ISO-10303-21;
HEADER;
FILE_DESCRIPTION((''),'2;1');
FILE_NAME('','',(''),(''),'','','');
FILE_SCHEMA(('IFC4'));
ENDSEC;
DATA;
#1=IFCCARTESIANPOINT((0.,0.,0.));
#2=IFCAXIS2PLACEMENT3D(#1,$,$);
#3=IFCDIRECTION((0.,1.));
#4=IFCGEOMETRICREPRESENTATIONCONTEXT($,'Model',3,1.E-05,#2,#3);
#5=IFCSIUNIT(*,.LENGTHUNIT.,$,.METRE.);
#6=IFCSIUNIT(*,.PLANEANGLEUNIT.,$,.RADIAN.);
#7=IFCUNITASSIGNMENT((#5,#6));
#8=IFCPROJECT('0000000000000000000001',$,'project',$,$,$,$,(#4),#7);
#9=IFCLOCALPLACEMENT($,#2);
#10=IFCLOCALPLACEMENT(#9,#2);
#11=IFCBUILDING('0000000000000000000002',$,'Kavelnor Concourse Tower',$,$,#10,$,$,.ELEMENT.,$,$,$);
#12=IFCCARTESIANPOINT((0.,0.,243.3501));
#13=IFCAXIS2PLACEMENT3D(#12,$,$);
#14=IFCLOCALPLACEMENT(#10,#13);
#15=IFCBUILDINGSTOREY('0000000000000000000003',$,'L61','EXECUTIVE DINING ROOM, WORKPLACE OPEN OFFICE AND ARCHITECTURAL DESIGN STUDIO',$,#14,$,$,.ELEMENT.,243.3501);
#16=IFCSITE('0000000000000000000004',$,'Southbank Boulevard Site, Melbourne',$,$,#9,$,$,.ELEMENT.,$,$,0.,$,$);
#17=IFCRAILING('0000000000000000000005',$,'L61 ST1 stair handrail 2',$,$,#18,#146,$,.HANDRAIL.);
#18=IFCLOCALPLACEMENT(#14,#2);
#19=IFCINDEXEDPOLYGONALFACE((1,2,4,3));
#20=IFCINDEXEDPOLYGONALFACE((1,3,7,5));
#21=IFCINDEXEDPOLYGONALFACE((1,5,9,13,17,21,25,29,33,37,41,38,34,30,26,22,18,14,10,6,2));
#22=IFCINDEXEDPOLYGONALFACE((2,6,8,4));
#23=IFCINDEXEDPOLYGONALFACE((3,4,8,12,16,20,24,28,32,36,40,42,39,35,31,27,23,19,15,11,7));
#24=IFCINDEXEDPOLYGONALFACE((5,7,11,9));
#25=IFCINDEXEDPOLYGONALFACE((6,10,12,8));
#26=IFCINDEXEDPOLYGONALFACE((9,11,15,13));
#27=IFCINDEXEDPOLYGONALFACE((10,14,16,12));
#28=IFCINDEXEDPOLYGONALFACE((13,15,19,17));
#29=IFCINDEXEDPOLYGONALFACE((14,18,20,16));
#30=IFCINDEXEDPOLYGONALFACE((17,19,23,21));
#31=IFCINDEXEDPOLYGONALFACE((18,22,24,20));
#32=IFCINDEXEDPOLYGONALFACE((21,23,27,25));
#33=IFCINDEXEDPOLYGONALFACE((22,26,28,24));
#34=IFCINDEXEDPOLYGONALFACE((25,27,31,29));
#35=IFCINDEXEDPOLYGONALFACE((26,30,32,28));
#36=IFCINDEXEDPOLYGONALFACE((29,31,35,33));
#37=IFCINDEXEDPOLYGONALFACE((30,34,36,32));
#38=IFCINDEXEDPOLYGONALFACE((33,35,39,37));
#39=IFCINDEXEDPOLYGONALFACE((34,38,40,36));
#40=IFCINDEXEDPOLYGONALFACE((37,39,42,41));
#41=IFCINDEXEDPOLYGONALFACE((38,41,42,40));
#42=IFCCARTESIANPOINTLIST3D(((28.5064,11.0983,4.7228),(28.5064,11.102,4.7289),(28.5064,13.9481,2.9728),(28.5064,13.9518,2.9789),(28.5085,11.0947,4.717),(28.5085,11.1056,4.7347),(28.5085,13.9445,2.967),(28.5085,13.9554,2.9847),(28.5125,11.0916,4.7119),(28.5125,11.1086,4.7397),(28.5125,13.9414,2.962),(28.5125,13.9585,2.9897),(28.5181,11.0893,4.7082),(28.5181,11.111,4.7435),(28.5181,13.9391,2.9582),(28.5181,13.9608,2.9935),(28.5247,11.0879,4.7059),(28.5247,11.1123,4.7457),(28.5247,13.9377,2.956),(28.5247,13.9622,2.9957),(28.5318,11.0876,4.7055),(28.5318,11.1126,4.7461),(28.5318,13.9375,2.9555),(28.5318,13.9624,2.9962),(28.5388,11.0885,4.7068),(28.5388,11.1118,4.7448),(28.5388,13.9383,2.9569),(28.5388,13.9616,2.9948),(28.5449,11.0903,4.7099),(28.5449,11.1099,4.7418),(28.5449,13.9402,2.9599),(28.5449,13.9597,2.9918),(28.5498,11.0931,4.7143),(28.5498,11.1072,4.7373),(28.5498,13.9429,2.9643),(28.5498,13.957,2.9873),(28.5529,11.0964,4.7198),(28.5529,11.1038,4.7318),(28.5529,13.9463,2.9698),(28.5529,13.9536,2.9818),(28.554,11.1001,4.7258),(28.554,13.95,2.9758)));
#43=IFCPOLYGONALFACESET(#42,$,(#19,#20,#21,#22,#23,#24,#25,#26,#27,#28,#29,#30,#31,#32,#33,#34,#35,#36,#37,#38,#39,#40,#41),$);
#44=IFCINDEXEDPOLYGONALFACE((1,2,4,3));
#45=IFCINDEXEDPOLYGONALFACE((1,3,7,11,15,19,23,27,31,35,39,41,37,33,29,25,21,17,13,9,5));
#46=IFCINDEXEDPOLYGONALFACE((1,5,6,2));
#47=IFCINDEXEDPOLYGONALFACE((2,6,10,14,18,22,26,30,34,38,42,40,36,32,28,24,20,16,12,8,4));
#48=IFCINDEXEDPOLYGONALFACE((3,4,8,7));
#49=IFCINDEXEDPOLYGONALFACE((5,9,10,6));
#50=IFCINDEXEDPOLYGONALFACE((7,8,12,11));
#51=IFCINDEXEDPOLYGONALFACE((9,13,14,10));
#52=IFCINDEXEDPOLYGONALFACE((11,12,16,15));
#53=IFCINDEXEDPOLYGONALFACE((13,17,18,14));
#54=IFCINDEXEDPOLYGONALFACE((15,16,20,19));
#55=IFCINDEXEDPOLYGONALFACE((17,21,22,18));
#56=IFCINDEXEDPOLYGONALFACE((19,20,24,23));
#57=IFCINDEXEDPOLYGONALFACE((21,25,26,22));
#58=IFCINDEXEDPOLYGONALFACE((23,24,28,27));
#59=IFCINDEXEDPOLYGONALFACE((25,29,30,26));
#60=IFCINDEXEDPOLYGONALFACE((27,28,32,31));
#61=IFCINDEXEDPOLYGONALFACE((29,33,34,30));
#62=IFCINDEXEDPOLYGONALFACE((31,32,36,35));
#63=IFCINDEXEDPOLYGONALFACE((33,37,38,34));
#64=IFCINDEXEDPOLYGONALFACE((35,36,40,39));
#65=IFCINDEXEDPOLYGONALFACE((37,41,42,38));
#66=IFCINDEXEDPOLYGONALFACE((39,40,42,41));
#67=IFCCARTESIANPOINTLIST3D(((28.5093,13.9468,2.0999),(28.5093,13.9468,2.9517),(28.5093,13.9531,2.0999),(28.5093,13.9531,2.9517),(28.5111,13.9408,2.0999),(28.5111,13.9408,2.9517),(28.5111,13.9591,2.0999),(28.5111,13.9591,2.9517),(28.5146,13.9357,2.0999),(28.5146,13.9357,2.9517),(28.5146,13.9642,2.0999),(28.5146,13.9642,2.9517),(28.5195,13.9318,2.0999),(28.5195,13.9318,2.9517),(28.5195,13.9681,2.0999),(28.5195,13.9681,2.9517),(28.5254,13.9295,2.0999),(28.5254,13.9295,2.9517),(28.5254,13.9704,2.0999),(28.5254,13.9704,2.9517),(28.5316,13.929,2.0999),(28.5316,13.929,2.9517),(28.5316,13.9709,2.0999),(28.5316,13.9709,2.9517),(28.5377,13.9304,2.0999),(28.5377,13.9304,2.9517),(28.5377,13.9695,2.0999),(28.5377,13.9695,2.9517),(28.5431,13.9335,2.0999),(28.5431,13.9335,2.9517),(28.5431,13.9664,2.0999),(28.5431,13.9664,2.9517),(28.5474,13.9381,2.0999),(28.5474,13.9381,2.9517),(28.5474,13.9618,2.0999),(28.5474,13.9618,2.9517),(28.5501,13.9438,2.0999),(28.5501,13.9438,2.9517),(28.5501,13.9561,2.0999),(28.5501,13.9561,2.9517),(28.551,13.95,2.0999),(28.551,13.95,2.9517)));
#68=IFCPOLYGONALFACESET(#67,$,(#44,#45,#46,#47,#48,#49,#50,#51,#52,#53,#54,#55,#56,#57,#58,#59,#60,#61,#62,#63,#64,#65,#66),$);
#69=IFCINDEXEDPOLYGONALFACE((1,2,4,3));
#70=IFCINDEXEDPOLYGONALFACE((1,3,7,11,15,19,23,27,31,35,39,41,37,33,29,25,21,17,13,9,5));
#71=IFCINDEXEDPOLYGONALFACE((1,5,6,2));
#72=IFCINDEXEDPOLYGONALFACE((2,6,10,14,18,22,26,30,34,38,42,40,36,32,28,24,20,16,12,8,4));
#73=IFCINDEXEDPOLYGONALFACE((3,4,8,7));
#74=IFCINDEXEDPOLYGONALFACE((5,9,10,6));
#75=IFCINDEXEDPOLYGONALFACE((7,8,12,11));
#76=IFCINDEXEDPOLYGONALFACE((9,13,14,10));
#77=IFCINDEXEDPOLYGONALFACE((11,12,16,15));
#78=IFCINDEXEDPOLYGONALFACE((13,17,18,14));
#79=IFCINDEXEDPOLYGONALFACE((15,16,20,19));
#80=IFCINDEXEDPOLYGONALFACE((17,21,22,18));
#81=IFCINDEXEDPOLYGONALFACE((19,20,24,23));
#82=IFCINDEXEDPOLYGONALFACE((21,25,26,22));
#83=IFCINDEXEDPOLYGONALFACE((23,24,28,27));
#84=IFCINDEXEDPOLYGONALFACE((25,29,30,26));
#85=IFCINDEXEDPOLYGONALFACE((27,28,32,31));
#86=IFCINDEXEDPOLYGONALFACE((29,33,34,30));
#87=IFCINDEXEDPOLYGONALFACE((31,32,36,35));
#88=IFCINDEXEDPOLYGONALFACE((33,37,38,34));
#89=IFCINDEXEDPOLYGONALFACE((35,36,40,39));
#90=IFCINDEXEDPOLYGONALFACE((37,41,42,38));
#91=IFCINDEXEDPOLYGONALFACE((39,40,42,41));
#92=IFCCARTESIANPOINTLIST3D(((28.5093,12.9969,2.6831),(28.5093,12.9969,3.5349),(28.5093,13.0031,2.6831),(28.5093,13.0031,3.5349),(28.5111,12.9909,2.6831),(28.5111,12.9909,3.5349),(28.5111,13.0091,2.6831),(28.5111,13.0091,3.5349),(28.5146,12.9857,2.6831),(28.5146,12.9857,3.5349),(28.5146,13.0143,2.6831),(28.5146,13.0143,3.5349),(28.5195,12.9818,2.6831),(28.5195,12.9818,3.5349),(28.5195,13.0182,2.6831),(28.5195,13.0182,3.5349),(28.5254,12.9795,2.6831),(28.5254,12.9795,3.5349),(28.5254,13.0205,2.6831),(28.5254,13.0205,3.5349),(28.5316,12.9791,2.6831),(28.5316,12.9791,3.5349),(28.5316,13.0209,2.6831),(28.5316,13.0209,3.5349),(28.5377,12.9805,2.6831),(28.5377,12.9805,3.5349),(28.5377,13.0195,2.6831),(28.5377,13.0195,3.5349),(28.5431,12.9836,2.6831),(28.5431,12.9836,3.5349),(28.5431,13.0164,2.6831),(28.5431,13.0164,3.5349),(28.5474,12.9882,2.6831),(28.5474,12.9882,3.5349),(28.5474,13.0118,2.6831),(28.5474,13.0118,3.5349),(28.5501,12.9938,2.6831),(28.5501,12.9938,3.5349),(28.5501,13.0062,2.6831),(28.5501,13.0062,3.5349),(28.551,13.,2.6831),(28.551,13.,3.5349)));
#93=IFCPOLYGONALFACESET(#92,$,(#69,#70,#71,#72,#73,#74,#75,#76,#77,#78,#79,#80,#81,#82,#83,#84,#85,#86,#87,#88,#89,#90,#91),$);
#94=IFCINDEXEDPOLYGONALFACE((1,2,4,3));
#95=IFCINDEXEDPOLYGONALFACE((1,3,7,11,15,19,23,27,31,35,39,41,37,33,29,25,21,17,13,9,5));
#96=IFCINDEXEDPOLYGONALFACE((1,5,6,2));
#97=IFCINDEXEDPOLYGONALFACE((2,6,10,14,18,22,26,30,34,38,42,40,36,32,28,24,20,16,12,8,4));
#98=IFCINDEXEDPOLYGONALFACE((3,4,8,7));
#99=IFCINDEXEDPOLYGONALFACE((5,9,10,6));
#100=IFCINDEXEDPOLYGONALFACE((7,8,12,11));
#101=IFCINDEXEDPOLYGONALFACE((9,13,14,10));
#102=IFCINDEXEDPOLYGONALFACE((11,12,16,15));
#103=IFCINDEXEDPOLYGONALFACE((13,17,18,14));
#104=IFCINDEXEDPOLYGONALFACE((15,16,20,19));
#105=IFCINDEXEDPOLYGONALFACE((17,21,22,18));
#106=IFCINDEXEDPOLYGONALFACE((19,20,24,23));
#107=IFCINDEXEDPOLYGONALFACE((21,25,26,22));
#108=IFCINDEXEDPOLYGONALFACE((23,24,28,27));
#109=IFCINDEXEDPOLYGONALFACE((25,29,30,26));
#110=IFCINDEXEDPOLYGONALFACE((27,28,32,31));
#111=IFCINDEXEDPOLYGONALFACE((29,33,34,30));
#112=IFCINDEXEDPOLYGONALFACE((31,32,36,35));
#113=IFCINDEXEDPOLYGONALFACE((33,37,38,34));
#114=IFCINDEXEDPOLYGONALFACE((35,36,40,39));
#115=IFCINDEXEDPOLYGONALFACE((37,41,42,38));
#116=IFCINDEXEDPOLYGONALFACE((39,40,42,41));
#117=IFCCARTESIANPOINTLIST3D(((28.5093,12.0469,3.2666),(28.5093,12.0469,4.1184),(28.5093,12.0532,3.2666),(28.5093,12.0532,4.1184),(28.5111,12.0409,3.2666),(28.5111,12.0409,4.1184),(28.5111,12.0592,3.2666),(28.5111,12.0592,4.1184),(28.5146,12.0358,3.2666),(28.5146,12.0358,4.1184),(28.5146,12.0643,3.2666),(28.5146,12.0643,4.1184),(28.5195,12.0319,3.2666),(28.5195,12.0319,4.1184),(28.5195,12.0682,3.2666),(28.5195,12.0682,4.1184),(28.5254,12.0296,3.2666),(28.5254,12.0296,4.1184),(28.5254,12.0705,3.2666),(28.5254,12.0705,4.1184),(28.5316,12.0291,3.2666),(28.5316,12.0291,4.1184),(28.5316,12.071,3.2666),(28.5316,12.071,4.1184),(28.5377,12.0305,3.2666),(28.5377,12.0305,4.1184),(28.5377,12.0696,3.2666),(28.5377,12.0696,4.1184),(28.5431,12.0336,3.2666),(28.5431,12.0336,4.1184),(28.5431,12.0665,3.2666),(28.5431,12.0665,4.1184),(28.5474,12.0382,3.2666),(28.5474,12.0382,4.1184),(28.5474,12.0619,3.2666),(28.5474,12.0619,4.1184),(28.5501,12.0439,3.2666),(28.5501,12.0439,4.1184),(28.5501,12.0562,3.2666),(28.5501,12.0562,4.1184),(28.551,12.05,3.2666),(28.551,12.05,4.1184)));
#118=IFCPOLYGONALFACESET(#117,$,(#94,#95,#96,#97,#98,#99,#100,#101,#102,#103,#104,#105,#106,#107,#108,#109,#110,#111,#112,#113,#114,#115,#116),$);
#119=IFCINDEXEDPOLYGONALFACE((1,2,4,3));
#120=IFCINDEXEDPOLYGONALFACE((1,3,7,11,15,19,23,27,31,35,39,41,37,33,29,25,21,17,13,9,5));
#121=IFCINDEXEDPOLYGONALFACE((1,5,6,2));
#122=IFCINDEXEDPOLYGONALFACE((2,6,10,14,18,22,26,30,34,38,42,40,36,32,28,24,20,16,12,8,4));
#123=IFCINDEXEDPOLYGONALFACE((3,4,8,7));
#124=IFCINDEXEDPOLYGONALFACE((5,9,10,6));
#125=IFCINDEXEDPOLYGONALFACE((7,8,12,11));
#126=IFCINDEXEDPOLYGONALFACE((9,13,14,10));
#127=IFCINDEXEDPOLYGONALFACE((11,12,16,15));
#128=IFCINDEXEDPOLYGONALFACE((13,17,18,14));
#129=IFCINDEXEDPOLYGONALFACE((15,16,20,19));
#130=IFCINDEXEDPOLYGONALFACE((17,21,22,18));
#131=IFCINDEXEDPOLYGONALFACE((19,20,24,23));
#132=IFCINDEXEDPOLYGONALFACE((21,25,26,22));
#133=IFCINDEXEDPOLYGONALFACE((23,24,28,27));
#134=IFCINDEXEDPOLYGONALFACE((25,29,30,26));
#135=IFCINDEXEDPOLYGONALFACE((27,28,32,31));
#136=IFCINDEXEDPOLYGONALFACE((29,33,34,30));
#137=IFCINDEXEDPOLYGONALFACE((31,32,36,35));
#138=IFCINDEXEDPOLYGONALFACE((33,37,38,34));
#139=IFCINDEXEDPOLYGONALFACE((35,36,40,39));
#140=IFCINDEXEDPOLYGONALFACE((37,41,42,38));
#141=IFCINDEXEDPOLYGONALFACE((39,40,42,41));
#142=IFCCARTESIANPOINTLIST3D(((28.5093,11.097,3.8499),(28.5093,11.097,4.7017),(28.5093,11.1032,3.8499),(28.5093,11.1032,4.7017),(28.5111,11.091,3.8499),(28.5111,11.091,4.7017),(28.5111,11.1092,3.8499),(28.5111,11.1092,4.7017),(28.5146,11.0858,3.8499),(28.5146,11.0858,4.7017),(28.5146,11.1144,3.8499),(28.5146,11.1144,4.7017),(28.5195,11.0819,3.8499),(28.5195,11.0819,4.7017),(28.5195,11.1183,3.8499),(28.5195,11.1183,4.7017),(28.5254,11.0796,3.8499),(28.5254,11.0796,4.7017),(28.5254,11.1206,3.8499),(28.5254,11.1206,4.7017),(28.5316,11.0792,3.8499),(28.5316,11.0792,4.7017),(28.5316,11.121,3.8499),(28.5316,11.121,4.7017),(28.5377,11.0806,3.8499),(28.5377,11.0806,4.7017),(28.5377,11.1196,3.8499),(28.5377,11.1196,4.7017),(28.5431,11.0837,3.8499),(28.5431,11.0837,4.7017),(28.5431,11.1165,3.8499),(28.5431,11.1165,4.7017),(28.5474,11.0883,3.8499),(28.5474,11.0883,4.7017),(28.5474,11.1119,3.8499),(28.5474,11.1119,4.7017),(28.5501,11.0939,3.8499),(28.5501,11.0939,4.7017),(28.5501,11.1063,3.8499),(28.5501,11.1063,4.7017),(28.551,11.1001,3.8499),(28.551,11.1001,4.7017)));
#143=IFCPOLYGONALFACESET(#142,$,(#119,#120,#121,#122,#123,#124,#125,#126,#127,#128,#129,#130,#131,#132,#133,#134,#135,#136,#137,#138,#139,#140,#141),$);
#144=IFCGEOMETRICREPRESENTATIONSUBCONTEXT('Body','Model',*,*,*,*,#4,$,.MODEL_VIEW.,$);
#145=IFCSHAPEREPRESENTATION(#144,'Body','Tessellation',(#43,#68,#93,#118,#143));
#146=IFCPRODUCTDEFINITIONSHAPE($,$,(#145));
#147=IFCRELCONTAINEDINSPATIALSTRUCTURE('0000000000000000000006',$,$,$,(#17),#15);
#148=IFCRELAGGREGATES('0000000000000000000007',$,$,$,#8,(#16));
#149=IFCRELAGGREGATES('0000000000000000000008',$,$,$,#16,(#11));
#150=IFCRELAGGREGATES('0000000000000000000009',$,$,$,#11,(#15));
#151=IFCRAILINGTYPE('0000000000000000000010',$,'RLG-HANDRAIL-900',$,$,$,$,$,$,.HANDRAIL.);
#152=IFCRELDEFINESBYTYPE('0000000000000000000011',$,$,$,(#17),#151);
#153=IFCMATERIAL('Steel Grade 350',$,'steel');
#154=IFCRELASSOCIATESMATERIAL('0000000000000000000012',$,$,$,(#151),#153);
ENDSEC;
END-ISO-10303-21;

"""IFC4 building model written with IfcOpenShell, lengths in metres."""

from ifc_helpers import new_model, si_unit, direction, frame, origin, origin_2d, place, context, subcontext, project, spatial, circle, extrude, material, type_object, element, save


model = new_model("IFC4")

# Units and contexts
model_context = context("Model", 3, precision=1e-05, world=origin(), true_north=direction((0.0, 1.0)))
body_context = subcontext(model_context, "Body", "Model", "MODEL_VIEW")
ifc_project = project(units=[si_unit("LENGTHUNIT", "METRE"), si_unit("PLANEANGLEUNIT", "RADIAN")], contexts=[model_context])

# Site, building, storey
site_placement = place(None, origin())
site = spatial("IfcSite", under=ifc_project, at=site_placement, Name="Southbank Boulevard Site, Melbourne", CompositionType="ELEMENT", RefElevation=0.0)
building_placement = place(site_placement, origin())
building = spatial("IfcBuilding", under=site, at=building_placement, Name="Kavelnor Concourse Tower", CompositionType="ELEMENT")
storey_placement = place(building_placement, frame((0.0, 0.0, 243.3501)))
storey = spatial("IfcBuildingStorey", under=building, at=storey_placement, Name="L61", Description="EXECUTIVE DINING ROOM, WORKPLACE OPEN OFFICE AND ARCHITECTURAL DESIGN STUDIO", CompositionType="ELEMENT", Elevation=243.3501)

# Shared definitions
ifc_material_1 = material(Name="Steel Grade 350", Category="steel")

# Railing
railing_type_1 = type_object("IfcRailingType", Name="RLG-HANDRAIL-900", PredefinedType="HANDRAIL", material=ifc_material_1)
railing_1_placement = place(storey_placement, frame((28.53, 13.95, 2.0999)))
element("IfcRailing", 1, at=railing_1_placement, inside=storey, type_object=railing_type_1, Name="L61 ST1 stair handrail 2", PredefinedType="HANDRAIL", context=body_context, shape_type="SweptSolid", body=[
    extrude(circle(Radius=0.0239, at=origin_2d()), frame((0.0, 0.0, 0.876), z_axis=(0.0, -0.852159, 0.523283), x_axis=(1.0, 0.0, 0.0)), (0.0, 0.0, 1.0), 3.3442),
    extrude(circle(Radius=0.021, at=origin_2d()), origin(), (0.0, 0.0, 1.0), 0.8518),
    extrude(circle(Radius=0.021, at=origin_2d()), frame((0.0, -0.95, 0.5833)), (0.0, 0.0, 1.0), 0.8518),
    extrude(circle(Radius=0.021, at=origin_2d()), frame((0.0, -1.8999, 1.1667)), (0.0, 0.0, 1.0), 0.8518),
    extrude(circle(Radius=0.021, at=origin_2d()), frame((0.0, -2.8499, 1.75)), (0.0, 0.0, 1.0), 0.8518),
])

save(model, "model.ifc")
